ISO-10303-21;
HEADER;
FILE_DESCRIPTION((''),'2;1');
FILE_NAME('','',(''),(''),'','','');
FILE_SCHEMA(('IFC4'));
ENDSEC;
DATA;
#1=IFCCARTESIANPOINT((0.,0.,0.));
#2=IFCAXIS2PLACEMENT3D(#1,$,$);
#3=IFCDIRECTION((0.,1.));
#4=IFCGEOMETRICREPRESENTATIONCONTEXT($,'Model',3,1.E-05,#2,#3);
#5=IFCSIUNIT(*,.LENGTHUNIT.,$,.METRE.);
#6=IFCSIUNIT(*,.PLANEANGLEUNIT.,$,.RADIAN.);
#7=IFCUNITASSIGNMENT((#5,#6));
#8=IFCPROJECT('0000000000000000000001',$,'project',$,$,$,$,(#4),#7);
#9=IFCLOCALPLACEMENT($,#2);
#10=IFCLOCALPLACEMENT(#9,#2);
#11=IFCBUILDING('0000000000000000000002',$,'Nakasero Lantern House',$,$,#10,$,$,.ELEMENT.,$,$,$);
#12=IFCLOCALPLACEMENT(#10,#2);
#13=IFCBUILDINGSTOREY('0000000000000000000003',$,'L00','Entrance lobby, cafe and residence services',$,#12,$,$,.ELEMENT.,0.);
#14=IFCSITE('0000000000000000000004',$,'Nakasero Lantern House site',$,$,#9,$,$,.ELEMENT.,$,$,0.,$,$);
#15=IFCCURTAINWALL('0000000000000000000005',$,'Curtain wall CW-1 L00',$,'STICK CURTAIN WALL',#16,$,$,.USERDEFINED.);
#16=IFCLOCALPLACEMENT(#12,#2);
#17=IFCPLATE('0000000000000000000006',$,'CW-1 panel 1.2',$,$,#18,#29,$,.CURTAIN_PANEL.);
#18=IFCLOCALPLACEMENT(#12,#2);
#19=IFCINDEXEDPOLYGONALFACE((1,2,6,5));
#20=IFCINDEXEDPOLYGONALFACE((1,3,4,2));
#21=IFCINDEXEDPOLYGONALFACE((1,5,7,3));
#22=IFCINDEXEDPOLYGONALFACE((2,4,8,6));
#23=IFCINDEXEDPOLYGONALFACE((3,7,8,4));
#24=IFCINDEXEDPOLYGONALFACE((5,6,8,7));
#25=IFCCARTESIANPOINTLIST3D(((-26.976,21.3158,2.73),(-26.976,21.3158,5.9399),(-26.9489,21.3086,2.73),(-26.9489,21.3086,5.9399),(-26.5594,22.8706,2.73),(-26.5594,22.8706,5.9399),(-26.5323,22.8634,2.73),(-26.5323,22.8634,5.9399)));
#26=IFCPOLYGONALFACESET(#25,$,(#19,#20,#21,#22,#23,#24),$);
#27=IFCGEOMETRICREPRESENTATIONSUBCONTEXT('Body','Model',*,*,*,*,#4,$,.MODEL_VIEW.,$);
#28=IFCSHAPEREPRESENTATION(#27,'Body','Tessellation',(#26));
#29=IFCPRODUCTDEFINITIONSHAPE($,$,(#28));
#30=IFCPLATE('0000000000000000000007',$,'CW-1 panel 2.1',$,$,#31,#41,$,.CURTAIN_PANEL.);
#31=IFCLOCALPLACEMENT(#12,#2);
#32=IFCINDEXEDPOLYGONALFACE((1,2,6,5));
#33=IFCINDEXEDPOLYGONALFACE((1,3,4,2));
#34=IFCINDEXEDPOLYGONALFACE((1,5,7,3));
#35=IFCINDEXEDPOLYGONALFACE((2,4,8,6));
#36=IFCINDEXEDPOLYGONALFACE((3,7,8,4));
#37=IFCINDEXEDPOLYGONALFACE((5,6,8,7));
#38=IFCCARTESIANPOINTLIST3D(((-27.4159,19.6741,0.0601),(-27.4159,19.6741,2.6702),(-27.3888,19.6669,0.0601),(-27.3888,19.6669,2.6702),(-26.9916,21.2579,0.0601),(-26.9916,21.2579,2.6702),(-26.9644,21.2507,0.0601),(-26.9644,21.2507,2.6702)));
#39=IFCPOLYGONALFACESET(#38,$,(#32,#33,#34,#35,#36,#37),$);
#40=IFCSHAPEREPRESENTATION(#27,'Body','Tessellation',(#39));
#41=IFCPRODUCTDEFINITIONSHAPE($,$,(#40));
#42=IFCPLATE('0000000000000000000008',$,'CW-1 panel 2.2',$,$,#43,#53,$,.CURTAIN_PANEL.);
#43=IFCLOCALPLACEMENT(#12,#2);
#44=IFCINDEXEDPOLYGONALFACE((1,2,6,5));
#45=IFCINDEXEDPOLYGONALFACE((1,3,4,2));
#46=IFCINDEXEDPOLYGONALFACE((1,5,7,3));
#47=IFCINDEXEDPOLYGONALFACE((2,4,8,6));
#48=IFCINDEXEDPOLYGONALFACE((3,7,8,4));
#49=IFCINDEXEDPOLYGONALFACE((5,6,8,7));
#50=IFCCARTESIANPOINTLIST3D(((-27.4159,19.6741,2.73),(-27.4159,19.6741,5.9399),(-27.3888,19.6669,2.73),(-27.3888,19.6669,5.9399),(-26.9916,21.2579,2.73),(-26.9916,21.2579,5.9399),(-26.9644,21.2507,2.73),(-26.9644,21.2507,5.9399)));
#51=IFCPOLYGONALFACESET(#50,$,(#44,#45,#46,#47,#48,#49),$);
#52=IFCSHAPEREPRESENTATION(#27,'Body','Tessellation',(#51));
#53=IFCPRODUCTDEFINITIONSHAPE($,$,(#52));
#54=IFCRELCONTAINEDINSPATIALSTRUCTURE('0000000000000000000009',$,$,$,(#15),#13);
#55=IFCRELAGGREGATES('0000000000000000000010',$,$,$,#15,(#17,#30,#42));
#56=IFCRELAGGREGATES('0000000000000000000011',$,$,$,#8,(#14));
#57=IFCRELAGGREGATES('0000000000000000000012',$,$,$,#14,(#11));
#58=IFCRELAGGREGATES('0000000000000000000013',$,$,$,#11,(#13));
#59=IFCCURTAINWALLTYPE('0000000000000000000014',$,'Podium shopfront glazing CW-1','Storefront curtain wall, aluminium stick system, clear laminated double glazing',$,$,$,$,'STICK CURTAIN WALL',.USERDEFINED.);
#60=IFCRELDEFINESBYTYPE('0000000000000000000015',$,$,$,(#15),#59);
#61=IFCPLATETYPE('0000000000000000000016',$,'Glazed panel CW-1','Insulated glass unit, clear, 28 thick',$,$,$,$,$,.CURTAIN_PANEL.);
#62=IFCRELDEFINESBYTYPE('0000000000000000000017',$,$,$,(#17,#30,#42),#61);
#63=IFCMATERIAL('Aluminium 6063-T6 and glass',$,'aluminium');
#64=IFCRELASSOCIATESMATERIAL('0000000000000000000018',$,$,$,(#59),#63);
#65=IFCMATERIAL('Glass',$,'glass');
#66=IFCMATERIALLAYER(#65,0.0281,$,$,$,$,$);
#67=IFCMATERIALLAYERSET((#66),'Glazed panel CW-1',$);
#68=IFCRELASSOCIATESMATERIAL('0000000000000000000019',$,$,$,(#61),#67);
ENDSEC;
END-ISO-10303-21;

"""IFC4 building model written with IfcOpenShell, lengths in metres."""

from ifc_helpers import new_model, si_unit, direction, frame, origin, origin_2d, place, context, subcontext, project, spatial, rectangle, extrude, material, layer, layer_set, type_object, element, aggregate, save


model = new_model("IFC4")

# Units and contexts
model_context = context("Model", 3, precision=1e-05, world=origin(), true_north=direction((0.0, 1.0)))
body_context = subcontext(model_context, "Body", "Model", "MODEL_VIEW")
ifc_project = project(units=[si_unit("LENGTHUNIT", "METRE"), si_unit("PLANEANGLEUNIT", "RADIAN")], contexts=[model_context])

# Site, building, storey
site_placement = place(None, origin())
site = spatial("IfcSite", under=ifc_project, at=site_placement, Name="Nakasero Lantern House site", CompositionType="ELEMENT", RefElevation=0.0)
building_placement = place(site_placement, origin())
building = spatial("IfcBuilding", under=site, at=building_placement, Name="Nakasero Lantern House", CompositionType="ELEMENT")
storey_placement = place(building_placement, origin())
storey = spatial("IfcBuildingStorey", under=building, at=storey_placement, Name="L00", Description="Entrance lobby, cafe and residence services", CompositionType="ELEMENT", Elevation=0.0)

# Curtain wall
ifc_material_1 = material(Name="Aluminium 6063-T6 and glass", Category="aluminium")
curtain_wall_type = type_object("IfcCurtainWallType", Name="Podium shopfront glazing CW-1", Description="Storefront curtain wall, aluminium stick system, clear laminated double glazing", ElementType="STICK CURTAIN WALL", PredefinedType="USERDEFINED", material=ifc_material_1)
curtain_wall_1_placement = place(storey_placement, origin())
curtain_wall_1 = element("IfcCurtainWall", 1, at=curtain_wall_1_placement, inside=storey, type_object=curtain_wall_type, Name="Curtain wall CW-1 L00", ObjectType="STICK CURTAIN WALL", PredefinedType="USERDEFINED")

# Plates
ifc_material_2 = material(Name="Glass", Category="glass")
ifc_layer = layer(ifc_material_2, 0.0281)
ifc_layer_set = layer_set([ifc_layer], Name="Glazed panel CW-1")
plate_type = type_object("IfcPlateType", Name="Glazed panel CW-1", Description="Insulated glass unit, clear, 28 thick", PredefinedType="CURTAIN_PANEL", material=ifc_layer_set)
plate_1_placement = place(storey_placement, frame((-26.7542, 22.0896, 2.73), z_axis=(0.0, 0.0, 1.0), x_axis=(-0.258819, -0.965926, 0.0)))
plate_1 = element("IfcPlate", 2, at=plate_1_placement, type_object=plate_type, Name="CW-1 panel 1.2", PredefinedType="CURTAIN_PANEL", context=body_context, shape_type="SweptSolid", body=[
    extrude(rectangle(XDim=1.6096, YDim=0.0281, at=origin_2d()), origin(), (0.0, 0.0, 1.0), 3.21),
])
plate_2_placement = place(storey_placement, frame((-27.1902, 20.4624, 0.0601), z_axis=(0.0, 0.0, 1.0), x_axis=(-0.258819, -0.965926, 0.0)))
plate_2 = element("IfcPlate", 3, at=plate_2_placement, type_object=plate_type, Name="CW-1 panel 2.1", PredefinedType="CURTAIN_PANEL", context=body_context, shape_type="SweptSolid", body=[
    extrude(rectangle(XDim=1.6396, YDim=0.0281, at=origin_2d()), origin(), (0.0, 0.0, 1.0), 2.6101),
])
plate_3_placement = place(storey_placement, frame((-27.1902, 20.4624, 2.73), z_axis=(0.0, 0.0, 1.0), x_axis=(-0.258819, -0.965926, 0.0)))
plate_3 = element("IfcPlate", 4, at=plate_3_placement, type_object=plate_type, Name="CW-1 panel 2.2", PredefinedType="CURTAIN_PANEL", context=body_context, shape_type="SweptSolid", body=[
    extrude(rectangle(XDim=1.6396, YDim=0.0281, at=origin_2d()), origin(), (0.0, 0.0, 1.0), 3.21),
])
aggregate(curtain_wall_1, [plate_1, plate_2, plate_3])

save(model, "model.ifc")
